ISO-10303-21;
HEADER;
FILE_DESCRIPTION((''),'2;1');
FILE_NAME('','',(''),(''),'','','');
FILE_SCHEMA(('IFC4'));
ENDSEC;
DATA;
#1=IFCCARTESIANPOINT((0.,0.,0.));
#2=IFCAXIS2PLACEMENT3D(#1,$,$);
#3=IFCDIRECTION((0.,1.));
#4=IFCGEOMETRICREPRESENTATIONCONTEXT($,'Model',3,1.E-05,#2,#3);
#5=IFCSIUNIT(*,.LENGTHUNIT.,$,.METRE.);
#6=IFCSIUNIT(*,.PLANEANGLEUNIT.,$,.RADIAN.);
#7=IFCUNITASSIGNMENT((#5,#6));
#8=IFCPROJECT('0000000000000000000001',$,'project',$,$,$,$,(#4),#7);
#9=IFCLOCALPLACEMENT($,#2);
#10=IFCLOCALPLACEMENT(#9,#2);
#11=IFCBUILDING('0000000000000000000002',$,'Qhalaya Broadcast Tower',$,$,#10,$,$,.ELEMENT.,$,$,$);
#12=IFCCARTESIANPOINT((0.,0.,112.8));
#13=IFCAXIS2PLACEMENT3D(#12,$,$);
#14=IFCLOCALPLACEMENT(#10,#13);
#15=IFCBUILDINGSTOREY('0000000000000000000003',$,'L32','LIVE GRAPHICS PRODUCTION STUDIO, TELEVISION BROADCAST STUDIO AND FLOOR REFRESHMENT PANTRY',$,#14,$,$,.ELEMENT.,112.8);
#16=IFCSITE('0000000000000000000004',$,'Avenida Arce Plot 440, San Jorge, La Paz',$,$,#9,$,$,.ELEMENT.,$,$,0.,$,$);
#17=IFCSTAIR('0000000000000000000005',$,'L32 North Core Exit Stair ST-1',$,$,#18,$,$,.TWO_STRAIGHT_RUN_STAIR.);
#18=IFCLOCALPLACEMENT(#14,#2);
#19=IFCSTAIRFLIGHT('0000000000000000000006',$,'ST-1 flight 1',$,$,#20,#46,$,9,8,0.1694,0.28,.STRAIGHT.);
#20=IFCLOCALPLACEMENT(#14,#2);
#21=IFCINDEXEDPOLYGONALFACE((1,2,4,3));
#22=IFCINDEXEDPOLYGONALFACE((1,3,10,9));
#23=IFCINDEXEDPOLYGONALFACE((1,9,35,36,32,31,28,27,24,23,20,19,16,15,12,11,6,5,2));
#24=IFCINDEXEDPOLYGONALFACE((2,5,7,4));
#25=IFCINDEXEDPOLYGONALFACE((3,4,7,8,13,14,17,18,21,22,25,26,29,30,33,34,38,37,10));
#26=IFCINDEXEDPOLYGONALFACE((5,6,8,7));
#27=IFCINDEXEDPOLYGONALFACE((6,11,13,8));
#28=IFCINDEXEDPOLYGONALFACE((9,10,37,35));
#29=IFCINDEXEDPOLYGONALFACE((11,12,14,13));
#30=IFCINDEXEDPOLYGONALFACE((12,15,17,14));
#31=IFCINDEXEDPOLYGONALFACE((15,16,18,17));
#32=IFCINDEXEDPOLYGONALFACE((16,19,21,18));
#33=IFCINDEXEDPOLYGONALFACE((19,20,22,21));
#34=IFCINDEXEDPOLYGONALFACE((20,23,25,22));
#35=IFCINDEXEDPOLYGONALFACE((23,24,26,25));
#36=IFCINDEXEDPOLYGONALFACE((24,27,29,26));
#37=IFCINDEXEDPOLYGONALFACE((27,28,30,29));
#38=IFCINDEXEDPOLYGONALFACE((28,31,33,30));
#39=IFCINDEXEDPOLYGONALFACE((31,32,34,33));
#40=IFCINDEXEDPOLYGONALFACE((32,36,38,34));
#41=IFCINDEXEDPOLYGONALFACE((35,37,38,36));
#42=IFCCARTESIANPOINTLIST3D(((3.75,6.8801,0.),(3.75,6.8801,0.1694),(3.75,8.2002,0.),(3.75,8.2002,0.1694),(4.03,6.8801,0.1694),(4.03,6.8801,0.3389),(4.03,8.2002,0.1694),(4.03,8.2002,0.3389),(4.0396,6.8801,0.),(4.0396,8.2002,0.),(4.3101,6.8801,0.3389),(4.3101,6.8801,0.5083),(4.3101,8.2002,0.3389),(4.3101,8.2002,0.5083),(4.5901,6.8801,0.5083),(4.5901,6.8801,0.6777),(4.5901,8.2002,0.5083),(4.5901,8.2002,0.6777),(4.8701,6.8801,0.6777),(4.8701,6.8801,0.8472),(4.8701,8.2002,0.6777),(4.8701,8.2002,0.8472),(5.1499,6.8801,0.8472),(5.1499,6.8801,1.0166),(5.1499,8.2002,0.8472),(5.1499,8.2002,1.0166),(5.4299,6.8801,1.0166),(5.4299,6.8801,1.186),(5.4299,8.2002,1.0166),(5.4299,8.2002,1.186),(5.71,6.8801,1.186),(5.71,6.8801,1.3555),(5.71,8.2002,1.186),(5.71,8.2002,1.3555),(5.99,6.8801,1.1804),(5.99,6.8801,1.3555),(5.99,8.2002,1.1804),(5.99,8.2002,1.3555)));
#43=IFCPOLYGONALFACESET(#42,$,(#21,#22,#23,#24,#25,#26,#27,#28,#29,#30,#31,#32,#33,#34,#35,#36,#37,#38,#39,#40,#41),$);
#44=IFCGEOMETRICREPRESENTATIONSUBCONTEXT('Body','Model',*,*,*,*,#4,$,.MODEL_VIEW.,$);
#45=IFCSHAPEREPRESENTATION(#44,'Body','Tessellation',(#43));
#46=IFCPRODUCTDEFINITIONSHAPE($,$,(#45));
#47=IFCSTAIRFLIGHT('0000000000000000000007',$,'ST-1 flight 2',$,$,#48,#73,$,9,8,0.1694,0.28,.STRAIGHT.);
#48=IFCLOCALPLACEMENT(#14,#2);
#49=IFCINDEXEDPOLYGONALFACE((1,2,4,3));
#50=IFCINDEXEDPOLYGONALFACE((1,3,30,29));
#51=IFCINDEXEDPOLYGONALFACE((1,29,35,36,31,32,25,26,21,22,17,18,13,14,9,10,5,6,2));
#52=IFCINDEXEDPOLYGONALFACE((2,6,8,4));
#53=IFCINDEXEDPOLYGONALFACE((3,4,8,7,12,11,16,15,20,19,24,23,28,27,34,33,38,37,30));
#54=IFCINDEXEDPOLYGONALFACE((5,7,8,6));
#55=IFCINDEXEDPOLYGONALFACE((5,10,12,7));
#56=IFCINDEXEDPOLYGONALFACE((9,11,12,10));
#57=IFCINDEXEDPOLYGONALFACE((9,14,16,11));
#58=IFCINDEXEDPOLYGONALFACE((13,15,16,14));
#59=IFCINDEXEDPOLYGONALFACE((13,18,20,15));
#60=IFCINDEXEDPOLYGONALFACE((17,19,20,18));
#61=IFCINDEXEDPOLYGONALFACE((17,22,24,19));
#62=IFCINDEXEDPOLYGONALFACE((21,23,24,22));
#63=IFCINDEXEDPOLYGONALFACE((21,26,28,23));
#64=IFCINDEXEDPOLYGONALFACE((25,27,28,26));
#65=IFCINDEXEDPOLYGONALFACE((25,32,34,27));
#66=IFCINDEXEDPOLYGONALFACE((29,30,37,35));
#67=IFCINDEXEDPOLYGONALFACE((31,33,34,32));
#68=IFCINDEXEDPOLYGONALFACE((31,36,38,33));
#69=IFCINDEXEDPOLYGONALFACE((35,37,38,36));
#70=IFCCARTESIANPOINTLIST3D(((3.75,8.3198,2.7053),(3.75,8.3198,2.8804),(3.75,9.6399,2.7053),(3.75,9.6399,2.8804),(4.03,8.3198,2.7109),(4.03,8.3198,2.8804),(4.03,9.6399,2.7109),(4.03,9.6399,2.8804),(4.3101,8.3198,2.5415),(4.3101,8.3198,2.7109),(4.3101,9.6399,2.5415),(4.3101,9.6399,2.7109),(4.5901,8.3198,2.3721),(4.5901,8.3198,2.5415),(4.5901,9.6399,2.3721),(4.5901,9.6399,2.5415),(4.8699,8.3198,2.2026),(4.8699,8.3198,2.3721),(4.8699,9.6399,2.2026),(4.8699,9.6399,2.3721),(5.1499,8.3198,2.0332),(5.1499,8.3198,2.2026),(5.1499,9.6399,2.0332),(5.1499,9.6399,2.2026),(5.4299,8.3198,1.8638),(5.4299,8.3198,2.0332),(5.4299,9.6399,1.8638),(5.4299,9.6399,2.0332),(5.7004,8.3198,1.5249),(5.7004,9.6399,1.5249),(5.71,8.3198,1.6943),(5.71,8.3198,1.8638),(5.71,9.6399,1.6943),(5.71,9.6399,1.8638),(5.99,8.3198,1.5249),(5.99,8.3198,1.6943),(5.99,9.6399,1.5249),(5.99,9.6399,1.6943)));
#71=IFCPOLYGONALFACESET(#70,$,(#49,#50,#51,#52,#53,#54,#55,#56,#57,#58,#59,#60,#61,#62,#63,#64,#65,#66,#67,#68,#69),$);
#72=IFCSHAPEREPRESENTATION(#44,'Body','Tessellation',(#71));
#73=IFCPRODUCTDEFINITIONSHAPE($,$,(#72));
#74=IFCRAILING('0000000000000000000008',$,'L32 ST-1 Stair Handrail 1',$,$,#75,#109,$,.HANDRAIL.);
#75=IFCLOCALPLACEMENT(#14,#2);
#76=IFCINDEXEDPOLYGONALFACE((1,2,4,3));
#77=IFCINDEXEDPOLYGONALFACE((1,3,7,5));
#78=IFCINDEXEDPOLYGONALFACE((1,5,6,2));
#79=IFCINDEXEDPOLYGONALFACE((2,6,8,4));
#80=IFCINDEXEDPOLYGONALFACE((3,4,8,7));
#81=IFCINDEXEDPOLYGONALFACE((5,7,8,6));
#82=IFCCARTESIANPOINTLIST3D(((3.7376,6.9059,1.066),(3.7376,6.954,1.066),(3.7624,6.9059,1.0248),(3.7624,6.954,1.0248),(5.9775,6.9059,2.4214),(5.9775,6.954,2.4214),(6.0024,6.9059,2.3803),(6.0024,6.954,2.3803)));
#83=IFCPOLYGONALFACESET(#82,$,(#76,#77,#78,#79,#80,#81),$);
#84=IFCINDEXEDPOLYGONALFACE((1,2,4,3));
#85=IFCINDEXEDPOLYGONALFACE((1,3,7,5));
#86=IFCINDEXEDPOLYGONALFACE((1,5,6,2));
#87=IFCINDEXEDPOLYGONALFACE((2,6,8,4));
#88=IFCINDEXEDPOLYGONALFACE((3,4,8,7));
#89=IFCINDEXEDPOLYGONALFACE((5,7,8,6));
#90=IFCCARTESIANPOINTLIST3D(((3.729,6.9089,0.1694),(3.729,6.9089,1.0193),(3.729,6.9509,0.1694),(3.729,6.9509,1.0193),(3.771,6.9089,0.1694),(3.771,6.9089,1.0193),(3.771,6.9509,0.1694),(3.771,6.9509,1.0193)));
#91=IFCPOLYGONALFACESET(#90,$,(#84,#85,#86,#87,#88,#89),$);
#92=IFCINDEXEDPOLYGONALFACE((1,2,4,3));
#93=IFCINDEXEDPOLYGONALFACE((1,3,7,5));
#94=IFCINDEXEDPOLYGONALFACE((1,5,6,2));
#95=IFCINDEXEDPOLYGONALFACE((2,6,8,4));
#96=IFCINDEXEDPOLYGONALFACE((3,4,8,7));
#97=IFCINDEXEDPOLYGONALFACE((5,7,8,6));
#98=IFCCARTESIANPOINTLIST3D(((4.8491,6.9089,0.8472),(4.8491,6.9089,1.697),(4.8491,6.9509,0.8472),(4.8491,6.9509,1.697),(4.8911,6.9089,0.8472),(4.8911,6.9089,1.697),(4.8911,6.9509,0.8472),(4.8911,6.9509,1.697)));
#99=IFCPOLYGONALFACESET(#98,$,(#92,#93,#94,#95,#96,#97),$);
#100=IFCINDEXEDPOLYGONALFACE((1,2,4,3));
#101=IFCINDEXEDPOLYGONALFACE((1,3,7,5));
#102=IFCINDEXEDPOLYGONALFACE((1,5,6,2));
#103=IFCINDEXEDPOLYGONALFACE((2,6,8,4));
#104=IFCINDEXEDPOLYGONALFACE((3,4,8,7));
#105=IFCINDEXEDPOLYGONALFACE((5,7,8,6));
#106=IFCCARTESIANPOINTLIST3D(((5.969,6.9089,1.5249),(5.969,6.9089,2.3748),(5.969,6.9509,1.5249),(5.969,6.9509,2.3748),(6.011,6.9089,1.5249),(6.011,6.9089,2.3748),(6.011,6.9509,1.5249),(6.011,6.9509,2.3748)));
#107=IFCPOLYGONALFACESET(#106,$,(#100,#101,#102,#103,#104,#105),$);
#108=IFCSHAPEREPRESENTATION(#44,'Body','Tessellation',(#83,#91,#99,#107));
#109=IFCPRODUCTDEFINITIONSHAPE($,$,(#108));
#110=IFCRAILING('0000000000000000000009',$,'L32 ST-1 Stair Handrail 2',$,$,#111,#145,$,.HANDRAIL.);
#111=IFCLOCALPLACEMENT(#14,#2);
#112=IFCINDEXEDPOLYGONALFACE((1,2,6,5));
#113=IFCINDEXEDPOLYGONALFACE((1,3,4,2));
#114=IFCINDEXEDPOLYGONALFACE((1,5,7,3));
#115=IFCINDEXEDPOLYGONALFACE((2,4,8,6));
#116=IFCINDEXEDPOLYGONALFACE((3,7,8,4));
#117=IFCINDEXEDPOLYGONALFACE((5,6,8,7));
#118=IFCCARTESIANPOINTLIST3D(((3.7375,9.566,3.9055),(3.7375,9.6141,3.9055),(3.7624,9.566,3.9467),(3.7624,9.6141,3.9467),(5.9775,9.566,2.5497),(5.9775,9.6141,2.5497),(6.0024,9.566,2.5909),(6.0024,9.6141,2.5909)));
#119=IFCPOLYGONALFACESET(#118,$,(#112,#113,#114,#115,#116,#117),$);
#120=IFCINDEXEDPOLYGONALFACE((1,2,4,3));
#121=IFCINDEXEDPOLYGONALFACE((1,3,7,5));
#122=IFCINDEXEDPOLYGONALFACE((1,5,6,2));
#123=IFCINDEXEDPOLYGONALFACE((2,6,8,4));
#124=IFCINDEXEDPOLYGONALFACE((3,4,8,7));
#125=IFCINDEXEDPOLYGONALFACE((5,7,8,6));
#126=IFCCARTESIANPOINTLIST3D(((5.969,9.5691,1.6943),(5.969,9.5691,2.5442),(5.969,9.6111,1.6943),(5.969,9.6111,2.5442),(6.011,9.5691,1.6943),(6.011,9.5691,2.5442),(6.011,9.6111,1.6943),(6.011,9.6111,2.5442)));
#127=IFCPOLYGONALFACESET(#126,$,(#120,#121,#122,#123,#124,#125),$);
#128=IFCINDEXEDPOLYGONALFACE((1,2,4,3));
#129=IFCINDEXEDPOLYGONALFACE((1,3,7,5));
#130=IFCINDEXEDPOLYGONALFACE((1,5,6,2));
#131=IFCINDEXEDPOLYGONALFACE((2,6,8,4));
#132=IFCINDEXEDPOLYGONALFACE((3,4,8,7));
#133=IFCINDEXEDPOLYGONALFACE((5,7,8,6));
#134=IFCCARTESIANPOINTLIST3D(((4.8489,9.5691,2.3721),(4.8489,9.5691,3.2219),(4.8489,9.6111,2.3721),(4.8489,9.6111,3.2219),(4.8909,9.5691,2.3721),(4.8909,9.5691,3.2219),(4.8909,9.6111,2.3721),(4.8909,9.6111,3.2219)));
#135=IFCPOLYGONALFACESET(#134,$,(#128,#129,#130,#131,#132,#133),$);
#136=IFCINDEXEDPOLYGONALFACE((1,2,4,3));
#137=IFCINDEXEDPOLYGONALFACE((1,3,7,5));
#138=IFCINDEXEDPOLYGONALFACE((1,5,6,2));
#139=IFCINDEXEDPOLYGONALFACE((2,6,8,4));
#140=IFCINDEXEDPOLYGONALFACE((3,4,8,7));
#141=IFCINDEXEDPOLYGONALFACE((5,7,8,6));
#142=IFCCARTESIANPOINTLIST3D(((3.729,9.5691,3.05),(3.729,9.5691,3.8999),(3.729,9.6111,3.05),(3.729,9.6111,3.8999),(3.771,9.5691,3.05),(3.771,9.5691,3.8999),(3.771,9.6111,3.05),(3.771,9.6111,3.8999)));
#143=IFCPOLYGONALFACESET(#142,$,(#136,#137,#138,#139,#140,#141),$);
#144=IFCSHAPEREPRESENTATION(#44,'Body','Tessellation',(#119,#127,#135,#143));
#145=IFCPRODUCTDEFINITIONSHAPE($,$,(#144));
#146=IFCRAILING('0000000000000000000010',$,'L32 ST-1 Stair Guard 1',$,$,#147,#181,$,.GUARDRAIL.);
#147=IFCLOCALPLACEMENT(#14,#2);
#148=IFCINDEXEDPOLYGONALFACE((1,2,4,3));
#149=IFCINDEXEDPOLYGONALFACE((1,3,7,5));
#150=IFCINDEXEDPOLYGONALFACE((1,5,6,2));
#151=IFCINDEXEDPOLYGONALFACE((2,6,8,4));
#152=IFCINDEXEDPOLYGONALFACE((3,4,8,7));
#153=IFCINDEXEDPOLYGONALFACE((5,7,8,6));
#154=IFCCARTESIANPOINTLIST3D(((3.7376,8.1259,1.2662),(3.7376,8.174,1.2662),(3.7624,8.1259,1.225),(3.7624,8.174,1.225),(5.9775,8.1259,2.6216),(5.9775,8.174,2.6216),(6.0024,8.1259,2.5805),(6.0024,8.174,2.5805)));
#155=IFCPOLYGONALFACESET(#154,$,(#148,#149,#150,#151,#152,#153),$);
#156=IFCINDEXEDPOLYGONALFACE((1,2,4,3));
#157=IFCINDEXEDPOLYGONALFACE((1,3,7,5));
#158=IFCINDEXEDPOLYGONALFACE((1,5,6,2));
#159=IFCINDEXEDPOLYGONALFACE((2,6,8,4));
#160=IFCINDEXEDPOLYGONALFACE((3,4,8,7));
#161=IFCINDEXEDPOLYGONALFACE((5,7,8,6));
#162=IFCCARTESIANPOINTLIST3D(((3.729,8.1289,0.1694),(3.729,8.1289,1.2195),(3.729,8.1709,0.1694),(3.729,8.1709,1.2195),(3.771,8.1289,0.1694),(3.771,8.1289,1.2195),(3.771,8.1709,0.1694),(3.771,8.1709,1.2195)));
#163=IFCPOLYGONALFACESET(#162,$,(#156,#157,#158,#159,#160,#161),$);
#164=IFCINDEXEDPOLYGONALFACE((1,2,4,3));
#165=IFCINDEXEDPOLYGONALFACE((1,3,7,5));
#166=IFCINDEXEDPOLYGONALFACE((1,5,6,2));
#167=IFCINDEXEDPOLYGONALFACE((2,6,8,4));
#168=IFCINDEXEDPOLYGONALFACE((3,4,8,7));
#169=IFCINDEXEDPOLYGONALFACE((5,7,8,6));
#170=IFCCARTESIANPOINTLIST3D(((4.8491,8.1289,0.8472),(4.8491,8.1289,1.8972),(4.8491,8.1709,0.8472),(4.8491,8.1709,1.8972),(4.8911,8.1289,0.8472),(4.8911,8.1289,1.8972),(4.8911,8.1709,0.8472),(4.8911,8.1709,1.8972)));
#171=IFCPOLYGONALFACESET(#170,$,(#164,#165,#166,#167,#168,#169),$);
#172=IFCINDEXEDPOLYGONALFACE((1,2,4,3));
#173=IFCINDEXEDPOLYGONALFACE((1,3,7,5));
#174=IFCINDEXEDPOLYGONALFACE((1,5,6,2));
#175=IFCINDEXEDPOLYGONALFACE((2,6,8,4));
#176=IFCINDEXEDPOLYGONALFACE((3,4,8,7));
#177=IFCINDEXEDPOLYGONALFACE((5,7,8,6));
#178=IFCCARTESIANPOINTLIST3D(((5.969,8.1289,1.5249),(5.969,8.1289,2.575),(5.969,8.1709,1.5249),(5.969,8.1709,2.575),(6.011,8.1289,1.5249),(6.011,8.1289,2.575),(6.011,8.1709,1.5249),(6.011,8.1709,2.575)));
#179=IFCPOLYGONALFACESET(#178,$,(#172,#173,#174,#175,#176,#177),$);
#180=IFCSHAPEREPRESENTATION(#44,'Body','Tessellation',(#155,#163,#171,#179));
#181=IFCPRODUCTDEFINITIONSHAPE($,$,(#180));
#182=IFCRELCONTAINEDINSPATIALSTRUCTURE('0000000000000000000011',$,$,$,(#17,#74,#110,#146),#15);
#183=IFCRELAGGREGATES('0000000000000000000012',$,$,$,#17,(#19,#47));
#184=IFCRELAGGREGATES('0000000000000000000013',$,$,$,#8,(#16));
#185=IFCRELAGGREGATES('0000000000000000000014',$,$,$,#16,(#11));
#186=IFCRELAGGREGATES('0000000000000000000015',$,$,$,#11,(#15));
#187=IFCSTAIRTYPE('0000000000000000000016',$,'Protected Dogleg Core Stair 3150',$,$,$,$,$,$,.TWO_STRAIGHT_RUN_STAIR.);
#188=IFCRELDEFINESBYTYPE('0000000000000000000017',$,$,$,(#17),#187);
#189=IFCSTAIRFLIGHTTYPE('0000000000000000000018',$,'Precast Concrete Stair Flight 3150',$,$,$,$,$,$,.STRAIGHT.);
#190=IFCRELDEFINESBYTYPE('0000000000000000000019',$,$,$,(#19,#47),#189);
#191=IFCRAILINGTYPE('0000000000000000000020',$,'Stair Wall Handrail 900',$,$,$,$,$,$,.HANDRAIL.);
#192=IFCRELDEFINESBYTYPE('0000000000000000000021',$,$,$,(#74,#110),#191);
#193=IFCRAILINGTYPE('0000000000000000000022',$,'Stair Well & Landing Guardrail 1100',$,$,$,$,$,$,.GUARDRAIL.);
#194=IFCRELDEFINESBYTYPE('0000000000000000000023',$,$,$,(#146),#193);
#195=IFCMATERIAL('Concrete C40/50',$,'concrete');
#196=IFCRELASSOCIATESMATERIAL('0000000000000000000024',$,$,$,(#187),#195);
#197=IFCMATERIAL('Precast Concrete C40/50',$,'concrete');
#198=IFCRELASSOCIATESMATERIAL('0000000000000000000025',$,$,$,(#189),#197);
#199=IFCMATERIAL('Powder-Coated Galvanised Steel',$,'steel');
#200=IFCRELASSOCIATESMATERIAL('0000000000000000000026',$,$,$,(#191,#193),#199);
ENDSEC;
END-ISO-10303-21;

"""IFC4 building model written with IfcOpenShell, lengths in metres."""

from ifc_helpers import new_model, si_unit, direction, frame, origin, origin_2d, place, context, subcontext, project, spatial, polyline, rectangle, outline, extrude, material, type_object, element, aggregate, save


model = new_model("IFC4")

# Units and contexts
model_context = context("Model", 3, precision=1e-05, world=origin(), true_north=direction((0.0, 1.0)))
body_context = subcontext(model_context, "Body", "Model", "MODEL_VIEW")
ifc_project = project(units=[si_unit("LENGTHUNIT", "METRE"), si_unit("PLANEANGLEUNIT", "RADIAN")], contexts=[model_context])

# Site, building, storey
site_placement = place(None, origin())
site = spatial("IfcSite", under=ifc_project, at=site_placement, Name="Avenida Arce Plot 440, San Jorge, La Paz", CompositionType="ELEMENT", RefElevation=0.0)
building_placement = place(site_placement, origin())
building = spatial("IfcBuilding", under=site, at=building_placement, Name="Qhalaya Broadcast Tower", CompositionType="ELEMENT")
storey_placement = place(building_placement, frame((0.0, 0.0, 112.8)))
storey = spatial("IfcBuildingStorey", under=building, at=storey_placement, Name="L32", Description="LIVE GRAPHICS PRODUCTION STUDIO, TELEVISION BROADCAST STUDIO AND FLOOR REFRESHMENT PANTRY", CompositionType="ELEMENT", Elevation=112.8)

# Stair, stair flights
ifc_material_1 = material(Name="Concrete C40/50", Category="concrete")
stair_type = type_object("IfcStairType", Name="Protected Dogleg Core Stair 3150", PredefinedType="TWO_STRAIGHT_RUN_STAIR", material=ifc_material_1)
stair_placement = place(storey_placement, origin())
stair = element("IfcStair", 1, at=stair_placement, inside=storey, type_object=stair_type, Name="L32 North Core Exit Stair ST-1", PredefinedType="TWO_STRAIGHT_RUN_STAIR")
ifc_material_2 = material(Name="Precast Concrete C40/50", Category="concrete")
stair_flight_type = type_object("IfcStairFlightType", Name="Precast Concrete Stair Flight 3150", PredefinedType="STRAIGHT", material=ifc_material_2)
stair_flight_1_placement = place(storey_placement, frame((3.75, 7.54, 0.0), z_axis=(0.0, 0.0, 1.0), x_axis=(1.0, 0.0, 0.0)))
stair_flight_1 = element("IfcStairFlight", 2, at=stair_flight_1_placement, type_object=stair_flight_type, Name="ST-1 flight 1", NumberOfRisers=9, NumberOfTreads=8, PredefinedType="STRAIGHT", RiserHeight=0.1694, TreadLength=0.28, context=body_context, shape_type="SweptSolid", body=[
    extrude(outline(polyline([(0.0, 0.0), (0.0, 0.1694), (0.28, 0.1694), (0.28, 0.3389), (0.5601, 0.3389), (0.5601, 0.5083), (0.8401, 0.5083), (0.8401, 0.6777), (1.1201, 0.6777), (1.1201, 0.8472), (1.3999, 0.8472), (1.3999, 1.0166), (1.6799, 1.0166), (1.6799, 1.186), (1.96, 1.186), (1.96, 1.3555), (2.24, 1.3555), (2.24, 1.5249), (2.24, 1.1804), (0.2896, 0.0), (0.0, 0.0)])), frame((0.0, 0.6602, 0.0), z_axis=(0.0, -1.0, 0.0), x_axis=(1.0, 0.0, 0.0)), (0.0, 0.0, 1.0), 1.3201),
])
stair_flight_2_placement = place(storey_placement, frame((5.99, 8.98, 1.5249), z_axis=(0.0, 0.0, 1.0), x_axis=(-1.0, 0.0, 0.0)))
stair_flight_2 = element("IfcStairFlight", 3, at=stair_flight_2_placement, type_object=stair_flight_type, Name="ST-1 flight 2", NumberOfRisers=9, NumberOfTreads=8, PredefinedType="STRAIGHT", RiserHeight=0.1694, TreadLength=0.28, context=body_context, shape_type="SweptSolid", body=[
    extrude(outline(polyline([(0.0, 0.0), (0.0, 0.1694), (0.28, 0.1694), (0.28, 0.3389), (0.5601, 0.3389), (0.5601, 0.5083), (0.8401, 0.5083), (0.8401, 0.6777), (1.1201, 0.6777), (1.1201, 0.8472), (1.3999, 0.8472), (1.3999, 1.0166), (1.6799, 1.0166), (1.6799, 1.186), (1.96, 1.186), (1.96, 1.3555), (2.24, 1.3555), (2.24, 1.5249), (2.24, 1.1804), (0.2896, 0.0), (0.0, 0.0)])), frame((0.0, 0.6602, 0.0), z_axis=(0.0, -1.0, 0.0), x_axis=(1.0, 0.0, 0.0)), (0.0, 0.0, 1.0), 1.3201),
])
aggregate(stair, [stair_flight_1, stair_flight_2])

# Railings
ifc_material_3 = material(Name="Powder-Coated Galvanised Steel", Category="steel")
railing_type_1 = type_object("IfcRailingType", Name="Stair Wall Handrail 900", PredefinedType="HANDRAIL", material=ifc_material_3)
railing_1_placement = place(storey_placement, frame((3.75, 6.9299, 0.1694)))
element("IfcRailing", 4, at=railing_1_placement, inside=storey, type_object=railing_type_1, Name="L32 ST-1 Stair Handrail 1", PredefinedType="HANDRAIL", context=body_context, shape_type="SweptSolid", body=[
    extrude(rectangle(XDim=0.0481, YDim=0.0481, at=origin_2d()), frame((0.0, 0.0, 0.876), z_axis=(0.855553, 0.0, 0.517715), x_axis=(0.0, 1.0, 0.0)), (0.0, 0.0, 1.0), 2.6182),
    extrude(rectangle(XDim=0.042, YDim=0.042, at=origin_2d()), origin(), (0.0, 0.0, 1.0), 0.8499),
    extrude(rectangle(XDim=0.042, YDim=0.042, at=origin_2d()), frame((1.1201, 0.0, 0.6777)), (0.0, 0.0, 1.0), 0.8499),
    extrude(rectangle(XDim=0.042, YDim=0.042, at=origin_2d()), frame((2.24, 0.0, 1.3555)), (0.0, 0.0, 1.0), 0.8499),
])
railing_2_placement = place(storey_placement, frame((5.99, 9.5901, 1.6943)))
element("IfcRailing", 5, at=railing_2_placement, inside=storey, type_object=railing_type_1, Name="L32 ST-1 Stair Handrail 2", PredefinedType="HANDRAIL", context=body_context, shape_type="SweptSolid", body=[
    extrude(rectangle(XDim=0.0481, YDim=0.0481, at=origin_2d()), frame((0.0, 0.0, 0.876), z_axis=(-0.855512, 0.0, 0.517783), x_axis=(0.0, -1.0, 0.0)), (0.0, 0.0, 1.0), 2.6184),
    extrude(rectangle(XDim=0.042, YDim=0.042, at=origin_2d()), origin(), (0.0, 0.0, 1.0), 0.8499),
    extrude(rectangle(XDim=0.042, YDim=0.042, at=origin_2d()), frame((-1.1201, 0.0, 0.6777)), (0.0, 0.0, 1.0), 0.8499),
    extrude(rectangle(XDim=0.042, YDim=0.042, at=origin_2d()), frame((-2.24, 0.0, 1.3557)), (0.0, 0.0, 1.0), 0.8499),
])
railing_type_2 = type_object("IfcRailingType", Name="Stair Well & Landing Guardrail 1100", PredefinedType="GUARDRAIL", material=ifc_material_3)
railing_3_placement = place(storey_placement, frame((3.75, 8.1499, 0.1694)))
element("IfcRailing", 6, at=railing_3_placement, inside=storey, type_object=railing_type_2, Name="L32 ST-1 Stair Guard 1", PredefinedType="GUARDRAIL", context=body_context, shape_type="SweptSolid", body=[
    extrude(rectangle(XDim=0.0481, YDim=0.0481, at=origin_2d()), frame((0.0, 0.0, 1.0762), z_axis=(0.855553, 0.0, 0.517715), x_axis=(0.0, 1.0, 0.0)), (0.0, 0.0, 1.0), 2.6182),
    extrude(rectangle(XDim=0.042, YDim=0.042, at=origin_2d()), origin(), (0.0, 0.0, 1.0), 1.05),
    extrude(rectangle(XDim=0.042, YDim=0.042, at=origin_2d()), frame((1.1201, 0.0, 0.6777)), (0.0, 0.0, 1.0), 1.05),
    extrude(rectangle(XDim=0.042, YDim=0.042, at=origin_2d()), frame((2.24, 0.0, 1.3555)), (0.0, 0.0, 1.0), 1.05),
])

save(model, "model.ifc")
